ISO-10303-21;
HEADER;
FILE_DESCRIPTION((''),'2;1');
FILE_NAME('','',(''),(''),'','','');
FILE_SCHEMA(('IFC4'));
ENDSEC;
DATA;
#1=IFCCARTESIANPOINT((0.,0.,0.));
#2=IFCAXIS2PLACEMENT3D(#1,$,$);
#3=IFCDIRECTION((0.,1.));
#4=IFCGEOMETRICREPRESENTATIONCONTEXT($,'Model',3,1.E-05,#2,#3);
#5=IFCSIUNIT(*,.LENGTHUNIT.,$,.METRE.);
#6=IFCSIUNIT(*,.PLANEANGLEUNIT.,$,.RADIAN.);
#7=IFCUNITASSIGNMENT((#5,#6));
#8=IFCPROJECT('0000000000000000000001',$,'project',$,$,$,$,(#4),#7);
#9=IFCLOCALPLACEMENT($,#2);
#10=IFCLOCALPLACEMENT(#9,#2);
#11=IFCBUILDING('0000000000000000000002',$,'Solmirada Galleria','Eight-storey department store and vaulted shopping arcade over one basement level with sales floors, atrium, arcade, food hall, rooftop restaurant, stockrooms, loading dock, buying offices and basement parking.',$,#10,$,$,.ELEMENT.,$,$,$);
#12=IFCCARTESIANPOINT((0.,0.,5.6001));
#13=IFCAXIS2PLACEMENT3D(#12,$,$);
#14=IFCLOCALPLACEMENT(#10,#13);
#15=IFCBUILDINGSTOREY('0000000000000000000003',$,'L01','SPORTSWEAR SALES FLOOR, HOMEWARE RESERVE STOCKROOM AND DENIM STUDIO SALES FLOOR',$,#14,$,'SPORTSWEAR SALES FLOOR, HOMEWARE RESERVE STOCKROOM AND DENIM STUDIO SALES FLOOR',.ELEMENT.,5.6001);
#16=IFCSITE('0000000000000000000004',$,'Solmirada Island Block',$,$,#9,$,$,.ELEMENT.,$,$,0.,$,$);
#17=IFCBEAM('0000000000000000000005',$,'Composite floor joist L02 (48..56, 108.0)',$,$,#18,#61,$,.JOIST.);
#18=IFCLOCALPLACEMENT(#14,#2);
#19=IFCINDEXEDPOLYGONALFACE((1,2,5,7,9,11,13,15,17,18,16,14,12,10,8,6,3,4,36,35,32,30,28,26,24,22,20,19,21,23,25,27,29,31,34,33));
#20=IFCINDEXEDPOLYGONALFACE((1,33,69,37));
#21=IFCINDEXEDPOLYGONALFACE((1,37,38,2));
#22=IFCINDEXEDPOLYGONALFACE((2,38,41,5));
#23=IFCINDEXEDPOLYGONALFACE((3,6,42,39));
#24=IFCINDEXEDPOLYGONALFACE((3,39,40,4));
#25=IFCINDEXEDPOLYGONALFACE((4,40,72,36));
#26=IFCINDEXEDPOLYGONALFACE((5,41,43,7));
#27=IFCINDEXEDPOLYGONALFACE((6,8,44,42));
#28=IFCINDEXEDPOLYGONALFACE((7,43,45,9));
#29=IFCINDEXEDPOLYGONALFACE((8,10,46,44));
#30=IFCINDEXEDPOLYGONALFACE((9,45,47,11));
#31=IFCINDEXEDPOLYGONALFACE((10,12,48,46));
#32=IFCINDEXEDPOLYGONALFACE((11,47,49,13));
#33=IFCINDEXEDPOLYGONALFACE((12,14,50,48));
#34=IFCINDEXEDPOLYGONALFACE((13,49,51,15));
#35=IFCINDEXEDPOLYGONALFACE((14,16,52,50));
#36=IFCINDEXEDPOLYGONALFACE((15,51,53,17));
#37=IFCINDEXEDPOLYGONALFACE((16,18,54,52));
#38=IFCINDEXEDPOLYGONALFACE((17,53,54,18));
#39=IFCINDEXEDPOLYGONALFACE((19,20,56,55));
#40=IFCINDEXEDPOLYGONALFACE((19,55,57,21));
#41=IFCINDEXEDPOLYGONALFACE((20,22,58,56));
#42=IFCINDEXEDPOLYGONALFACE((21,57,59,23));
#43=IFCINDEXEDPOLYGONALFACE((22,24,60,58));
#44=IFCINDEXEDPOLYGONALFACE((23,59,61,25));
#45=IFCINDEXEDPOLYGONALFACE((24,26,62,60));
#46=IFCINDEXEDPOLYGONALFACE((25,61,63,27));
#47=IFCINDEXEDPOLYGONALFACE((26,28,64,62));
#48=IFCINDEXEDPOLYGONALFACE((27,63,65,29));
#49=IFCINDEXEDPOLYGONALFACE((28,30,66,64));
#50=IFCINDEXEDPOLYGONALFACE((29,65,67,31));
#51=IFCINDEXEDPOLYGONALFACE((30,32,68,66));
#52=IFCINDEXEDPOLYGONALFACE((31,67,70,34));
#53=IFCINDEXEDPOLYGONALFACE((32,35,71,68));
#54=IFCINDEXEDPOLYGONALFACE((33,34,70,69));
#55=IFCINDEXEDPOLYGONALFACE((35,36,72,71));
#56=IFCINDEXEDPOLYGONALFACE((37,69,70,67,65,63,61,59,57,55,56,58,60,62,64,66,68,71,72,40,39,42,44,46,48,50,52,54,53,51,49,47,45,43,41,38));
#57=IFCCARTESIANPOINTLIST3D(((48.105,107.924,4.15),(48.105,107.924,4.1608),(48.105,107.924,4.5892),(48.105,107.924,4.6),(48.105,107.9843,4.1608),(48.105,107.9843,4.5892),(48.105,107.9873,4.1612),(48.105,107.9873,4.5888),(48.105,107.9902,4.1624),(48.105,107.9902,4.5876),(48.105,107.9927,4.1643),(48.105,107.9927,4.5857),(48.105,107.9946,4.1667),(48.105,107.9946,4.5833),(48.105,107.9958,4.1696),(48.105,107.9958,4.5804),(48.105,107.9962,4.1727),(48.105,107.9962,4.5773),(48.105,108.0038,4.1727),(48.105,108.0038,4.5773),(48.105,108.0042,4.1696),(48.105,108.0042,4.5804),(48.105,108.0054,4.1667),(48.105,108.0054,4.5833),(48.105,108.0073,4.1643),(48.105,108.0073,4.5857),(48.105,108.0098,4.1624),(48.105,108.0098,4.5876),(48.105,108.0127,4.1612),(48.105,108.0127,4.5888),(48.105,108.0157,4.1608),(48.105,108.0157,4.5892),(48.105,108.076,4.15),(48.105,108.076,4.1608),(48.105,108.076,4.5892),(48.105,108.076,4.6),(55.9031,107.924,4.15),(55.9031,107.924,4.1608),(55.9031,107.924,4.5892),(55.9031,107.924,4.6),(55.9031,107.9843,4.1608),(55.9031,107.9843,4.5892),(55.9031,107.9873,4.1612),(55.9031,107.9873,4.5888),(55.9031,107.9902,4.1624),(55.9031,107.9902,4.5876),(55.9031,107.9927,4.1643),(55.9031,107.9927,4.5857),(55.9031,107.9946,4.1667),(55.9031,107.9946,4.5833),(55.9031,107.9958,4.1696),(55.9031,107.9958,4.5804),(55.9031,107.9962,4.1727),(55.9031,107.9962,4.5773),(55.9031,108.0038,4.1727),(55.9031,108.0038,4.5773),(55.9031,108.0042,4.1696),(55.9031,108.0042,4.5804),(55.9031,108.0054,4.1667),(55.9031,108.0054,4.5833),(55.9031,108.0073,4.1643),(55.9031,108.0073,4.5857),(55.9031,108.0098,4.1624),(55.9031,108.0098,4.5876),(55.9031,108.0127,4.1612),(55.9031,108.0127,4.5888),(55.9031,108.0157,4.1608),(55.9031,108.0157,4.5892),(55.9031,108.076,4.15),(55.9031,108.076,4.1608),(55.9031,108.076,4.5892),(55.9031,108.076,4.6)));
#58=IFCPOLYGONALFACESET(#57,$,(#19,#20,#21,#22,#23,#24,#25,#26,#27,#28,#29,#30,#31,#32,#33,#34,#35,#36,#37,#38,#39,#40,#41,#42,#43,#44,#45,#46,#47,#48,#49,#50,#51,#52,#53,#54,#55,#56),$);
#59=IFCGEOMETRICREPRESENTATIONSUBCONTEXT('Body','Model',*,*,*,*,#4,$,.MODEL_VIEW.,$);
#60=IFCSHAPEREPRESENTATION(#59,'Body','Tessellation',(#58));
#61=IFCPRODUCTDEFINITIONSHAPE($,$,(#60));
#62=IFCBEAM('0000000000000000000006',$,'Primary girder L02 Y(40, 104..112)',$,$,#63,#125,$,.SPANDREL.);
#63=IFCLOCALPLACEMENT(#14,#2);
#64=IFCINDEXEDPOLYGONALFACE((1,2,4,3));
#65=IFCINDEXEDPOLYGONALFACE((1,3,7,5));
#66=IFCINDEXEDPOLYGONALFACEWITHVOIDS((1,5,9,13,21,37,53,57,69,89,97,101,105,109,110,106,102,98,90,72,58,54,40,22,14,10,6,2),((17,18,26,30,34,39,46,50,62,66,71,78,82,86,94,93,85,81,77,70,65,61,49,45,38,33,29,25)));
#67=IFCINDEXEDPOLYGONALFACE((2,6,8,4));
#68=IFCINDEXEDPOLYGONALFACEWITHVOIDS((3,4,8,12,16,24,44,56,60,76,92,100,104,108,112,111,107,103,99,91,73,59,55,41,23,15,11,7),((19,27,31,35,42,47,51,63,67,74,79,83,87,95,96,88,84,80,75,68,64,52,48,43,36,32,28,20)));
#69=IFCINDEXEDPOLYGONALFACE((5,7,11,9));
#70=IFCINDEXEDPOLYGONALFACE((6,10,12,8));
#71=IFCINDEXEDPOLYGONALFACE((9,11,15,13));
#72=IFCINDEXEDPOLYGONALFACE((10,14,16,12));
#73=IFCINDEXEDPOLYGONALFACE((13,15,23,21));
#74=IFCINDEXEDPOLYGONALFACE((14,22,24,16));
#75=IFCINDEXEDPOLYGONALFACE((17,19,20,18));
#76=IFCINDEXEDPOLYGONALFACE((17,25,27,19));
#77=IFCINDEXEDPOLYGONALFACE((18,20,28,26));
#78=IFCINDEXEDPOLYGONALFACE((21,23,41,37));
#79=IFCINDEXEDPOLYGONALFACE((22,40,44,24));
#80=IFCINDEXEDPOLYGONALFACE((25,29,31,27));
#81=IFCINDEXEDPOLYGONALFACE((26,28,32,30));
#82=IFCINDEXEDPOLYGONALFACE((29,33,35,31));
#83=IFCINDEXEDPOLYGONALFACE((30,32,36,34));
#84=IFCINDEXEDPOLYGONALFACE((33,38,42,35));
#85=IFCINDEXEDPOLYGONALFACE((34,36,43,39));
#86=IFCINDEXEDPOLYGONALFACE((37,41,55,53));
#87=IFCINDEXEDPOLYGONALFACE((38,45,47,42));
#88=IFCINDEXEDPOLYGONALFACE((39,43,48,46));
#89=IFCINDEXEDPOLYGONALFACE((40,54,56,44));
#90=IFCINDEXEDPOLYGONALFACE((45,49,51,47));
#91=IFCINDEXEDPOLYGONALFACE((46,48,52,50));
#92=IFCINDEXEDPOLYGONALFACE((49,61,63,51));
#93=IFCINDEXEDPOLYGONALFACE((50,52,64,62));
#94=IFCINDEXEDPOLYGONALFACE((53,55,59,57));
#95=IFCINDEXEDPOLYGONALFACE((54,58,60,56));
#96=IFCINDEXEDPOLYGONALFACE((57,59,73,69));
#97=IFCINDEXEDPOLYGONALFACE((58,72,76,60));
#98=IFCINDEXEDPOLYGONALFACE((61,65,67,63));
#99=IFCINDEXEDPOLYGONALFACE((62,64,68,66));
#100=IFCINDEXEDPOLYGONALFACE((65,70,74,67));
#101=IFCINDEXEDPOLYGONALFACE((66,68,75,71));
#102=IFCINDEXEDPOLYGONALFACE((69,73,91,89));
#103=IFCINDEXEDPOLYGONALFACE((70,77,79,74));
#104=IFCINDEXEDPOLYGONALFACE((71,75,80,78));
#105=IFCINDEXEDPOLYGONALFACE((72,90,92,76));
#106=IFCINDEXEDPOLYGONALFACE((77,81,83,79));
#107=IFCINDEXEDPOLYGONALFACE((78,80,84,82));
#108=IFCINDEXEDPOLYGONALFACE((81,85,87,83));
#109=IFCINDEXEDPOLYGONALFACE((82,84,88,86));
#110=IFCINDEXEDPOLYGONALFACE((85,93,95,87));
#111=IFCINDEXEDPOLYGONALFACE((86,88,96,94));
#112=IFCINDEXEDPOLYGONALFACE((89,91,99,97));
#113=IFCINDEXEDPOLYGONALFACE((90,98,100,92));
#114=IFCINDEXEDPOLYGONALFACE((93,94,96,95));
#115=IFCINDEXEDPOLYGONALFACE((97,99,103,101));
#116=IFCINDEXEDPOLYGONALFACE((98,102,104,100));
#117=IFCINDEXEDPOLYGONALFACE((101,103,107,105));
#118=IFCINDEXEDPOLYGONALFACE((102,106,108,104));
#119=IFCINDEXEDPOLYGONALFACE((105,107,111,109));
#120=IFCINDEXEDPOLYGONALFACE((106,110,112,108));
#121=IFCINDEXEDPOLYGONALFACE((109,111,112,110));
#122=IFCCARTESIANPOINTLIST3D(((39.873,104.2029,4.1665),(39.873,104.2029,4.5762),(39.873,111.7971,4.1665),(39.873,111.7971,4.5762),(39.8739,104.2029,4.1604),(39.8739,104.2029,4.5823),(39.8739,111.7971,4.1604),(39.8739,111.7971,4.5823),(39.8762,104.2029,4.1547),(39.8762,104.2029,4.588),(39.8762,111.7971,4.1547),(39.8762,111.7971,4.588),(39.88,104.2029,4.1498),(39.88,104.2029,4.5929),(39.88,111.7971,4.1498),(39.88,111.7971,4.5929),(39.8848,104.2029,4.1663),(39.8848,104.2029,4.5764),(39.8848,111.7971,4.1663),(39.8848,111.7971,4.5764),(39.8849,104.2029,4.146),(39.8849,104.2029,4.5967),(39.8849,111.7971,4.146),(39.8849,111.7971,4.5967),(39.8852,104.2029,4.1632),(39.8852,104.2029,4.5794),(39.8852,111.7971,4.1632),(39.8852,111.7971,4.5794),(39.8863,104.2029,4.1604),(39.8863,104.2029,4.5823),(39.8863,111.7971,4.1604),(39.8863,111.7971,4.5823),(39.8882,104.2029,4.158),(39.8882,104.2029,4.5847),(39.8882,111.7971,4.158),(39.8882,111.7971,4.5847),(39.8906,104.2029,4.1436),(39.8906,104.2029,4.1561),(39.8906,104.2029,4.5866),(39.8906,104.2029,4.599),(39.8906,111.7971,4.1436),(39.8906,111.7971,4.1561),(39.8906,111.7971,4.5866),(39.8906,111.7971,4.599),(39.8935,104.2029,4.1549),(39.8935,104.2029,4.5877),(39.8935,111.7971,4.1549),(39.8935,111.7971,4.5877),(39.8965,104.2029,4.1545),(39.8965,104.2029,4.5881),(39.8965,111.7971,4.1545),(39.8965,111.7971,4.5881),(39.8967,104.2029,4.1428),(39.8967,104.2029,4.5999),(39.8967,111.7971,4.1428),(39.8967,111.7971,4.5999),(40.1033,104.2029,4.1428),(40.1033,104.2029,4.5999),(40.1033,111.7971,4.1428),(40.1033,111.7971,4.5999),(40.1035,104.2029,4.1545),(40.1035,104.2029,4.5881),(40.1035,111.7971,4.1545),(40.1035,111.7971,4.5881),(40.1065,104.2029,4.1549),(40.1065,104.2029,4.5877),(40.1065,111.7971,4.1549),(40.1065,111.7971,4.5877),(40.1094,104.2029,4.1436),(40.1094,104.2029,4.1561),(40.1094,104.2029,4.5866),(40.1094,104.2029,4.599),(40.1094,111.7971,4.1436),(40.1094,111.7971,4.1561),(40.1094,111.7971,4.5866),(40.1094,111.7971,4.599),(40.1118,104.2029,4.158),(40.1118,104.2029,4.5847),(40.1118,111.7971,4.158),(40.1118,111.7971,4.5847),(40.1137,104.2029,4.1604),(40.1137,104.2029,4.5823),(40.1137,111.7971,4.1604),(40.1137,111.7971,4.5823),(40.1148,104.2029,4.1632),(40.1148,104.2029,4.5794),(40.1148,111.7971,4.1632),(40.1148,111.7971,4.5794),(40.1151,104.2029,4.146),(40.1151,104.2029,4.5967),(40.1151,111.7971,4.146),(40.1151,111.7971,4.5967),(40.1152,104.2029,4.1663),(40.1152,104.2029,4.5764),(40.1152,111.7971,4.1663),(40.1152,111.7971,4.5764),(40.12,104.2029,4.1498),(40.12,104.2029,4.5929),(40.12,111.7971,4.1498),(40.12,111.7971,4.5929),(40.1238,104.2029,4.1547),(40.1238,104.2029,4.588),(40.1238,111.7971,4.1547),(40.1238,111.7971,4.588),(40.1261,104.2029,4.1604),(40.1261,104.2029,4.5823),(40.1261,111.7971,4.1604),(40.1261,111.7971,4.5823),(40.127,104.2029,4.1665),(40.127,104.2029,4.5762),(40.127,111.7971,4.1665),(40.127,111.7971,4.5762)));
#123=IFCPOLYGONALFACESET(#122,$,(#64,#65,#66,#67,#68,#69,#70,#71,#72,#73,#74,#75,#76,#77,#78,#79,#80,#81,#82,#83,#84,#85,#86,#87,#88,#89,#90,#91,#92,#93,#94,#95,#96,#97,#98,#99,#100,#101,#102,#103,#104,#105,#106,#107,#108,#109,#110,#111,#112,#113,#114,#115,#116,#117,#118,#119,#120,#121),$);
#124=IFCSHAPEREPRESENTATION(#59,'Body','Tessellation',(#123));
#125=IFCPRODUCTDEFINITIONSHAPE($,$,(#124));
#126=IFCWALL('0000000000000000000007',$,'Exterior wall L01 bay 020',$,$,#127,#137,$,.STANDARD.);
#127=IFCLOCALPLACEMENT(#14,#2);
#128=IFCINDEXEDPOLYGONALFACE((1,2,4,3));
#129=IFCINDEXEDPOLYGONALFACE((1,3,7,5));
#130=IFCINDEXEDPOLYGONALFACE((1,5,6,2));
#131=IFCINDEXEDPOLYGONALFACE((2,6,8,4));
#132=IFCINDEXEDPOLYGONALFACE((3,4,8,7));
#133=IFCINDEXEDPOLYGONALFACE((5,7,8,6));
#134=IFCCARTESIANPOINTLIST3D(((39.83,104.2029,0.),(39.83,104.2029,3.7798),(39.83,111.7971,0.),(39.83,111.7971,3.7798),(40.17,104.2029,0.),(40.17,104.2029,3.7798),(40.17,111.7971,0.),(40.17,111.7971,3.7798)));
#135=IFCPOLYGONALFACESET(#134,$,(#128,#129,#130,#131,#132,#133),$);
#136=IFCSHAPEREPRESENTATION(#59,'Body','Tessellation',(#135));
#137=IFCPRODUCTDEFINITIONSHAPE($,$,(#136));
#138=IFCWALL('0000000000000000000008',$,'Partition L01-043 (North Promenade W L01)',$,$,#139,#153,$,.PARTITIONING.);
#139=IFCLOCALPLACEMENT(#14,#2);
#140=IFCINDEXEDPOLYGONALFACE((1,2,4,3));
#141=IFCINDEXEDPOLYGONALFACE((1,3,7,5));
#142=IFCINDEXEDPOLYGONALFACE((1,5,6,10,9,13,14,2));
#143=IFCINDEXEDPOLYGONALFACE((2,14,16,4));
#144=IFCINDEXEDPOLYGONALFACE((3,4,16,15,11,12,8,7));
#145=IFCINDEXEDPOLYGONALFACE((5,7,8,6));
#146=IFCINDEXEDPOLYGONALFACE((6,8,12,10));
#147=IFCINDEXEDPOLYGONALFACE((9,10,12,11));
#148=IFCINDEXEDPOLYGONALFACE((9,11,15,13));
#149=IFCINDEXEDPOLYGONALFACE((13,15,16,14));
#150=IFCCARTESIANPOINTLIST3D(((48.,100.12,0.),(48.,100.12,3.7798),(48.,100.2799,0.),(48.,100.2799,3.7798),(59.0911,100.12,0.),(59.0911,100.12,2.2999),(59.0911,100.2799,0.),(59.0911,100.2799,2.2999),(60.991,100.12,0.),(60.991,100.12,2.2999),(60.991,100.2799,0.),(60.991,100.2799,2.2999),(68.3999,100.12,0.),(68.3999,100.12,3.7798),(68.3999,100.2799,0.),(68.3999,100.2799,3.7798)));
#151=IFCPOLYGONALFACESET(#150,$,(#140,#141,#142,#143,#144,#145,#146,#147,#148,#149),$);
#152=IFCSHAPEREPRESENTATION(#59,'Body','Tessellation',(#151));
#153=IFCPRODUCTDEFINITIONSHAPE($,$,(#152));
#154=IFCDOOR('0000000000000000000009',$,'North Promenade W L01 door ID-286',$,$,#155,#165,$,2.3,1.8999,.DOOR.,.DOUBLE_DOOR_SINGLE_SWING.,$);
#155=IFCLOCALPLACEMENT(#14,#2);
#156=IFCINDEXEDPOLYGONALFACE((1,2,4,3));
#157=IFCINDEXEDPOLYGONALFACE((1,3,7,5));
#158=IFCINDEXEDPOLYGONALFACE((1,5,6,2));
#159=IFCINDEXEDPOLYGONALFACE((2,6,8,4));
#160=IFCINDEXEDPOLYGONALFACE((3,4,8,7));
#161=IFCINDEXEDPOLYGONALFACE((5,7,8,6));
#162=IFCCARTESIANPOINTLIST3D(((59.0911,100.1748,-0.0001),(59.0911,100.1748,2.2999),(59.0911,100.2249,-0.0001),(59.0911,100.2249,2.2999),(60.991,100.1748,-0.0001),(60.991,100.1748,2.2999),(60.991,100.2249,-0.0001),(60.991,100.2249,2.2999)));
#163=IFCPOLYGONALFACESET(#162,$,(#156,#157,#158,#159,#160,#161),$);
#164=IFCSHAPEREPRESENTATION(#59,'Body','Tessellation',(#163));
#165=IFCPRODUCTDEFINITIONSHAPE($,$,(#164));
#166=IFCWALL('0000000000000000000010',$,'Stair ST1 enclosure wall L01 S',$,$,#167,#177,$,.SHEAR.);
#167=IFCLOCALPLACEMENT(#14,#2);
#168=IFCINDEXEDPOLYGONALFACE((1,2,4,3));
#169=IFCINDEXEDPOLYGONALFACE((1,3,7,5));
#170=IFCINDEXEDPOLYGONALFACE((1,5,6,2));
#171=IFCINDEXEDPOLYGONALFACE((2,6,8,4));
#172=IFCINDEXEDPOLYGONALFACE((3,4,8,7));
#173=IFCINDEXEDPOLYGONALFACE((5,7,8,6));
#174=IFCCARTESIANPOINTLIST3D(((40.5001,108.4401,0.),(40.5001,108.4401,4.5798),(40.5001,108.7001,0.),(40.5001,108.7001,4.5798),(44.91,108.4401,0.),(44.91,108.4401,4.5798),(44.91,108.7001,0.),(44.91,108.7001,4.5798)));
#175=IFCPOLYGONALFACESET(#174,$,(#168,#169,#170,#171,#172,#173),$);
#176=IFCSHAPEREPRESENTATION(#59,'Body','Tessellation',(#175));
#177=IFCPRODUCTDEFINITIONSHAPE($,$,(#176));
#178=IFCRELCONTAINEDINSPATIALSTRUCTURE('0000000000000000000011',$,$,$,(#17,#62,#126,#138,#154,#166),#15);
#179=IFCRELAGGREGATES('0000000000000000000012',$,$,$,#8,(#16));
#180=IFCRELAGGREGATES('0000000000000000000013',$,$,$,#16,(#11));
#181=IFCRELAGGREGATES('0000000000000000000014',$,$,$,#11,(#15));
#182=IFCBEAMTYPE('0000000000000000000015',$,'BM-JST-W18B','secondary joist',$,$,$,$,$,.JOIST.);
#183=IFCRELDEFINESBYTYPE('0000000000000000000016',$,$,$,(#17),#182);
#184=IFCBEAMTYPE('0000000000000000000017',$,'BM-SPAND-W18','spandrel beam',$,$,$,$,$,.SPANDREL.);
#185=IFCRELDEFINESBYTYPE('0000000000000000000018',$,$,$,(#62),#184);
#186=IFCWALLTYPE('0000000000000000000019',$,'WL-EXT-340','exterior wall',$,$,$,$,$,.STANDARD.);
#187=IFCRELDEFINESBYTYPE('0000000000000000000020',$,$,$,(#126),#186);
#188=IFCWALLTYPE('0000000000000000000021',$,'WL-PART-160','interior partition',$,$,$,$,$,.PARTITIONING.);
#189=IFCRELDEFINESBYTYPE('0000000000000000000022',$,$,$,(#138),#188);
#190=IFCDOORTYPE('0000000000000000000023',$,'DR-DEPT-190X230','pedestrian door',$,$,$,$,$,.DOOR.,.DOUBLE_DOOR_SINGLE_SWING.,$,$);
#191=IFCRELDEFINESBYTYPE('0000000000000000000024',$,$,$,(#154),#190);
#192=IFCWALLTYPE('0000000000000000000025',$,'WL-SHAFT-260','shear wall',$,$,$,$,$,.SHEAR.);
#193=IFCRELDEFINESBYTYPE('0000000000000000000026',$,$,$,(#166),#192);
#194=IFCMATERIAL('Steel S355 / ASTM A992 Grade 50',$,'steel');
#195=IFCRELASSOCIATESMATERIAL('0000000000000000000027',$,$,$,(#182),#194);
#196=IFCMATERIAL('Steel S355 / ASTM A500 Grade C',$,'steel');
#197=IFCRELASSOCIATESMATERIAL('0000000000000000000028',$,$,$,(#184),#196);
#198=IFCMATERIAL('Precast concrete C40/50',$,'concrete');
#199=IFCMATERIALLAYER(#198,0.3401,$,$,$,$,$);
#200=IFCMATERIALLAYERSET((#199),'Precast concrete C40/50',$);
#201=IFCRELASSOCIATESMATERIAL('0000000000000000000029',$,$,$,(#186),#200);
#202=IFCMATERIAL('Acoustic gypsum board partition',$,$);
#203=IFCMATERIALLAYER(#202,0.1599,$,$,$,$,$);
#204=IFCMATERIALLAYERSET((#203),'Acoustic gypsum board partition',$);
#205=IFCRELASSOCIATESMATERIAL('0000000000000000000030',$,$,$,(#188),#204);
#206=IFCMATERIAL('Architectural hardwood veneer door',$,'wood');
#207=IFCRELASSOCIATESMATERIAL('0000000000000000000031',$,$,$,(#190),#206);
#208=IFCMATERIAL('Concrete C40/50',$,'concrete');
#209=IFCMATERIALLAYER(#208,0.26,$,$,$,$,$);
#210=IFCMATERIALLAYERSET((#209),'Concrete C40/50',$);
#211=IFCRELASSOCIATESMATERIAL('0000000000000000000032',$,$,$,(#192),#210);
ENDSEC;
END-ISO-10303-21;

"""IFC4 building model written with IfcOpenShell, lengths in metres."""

from ifc_helpers import new_model, si_unit, direction, frame, frame_2d, origin, origin_2d, place, context, subcontext, project, spatial, rectangle, hollow_rectangle, i_section, extrude, material, layer, layer_set, material_profile, profile_set, type_object, element, fill, save


model = new_model("IFC4")

# Units and contexts
model_context = context("Model", 3, precision=1e-05, world=origin(), true_north=direction((0.0, 1.0)))
body_context = subcontext(model_context, "Body", "Model", "MODEL_VIEW")
ifc_project = project(units=[si_unit("LENGTHUNIT", "METRE"), si_unit("PLANEANGLEUNIT", "RADIAN")], contexts=[model_context])

# Site, building, storey
site_placement = place(None, origin())
site = spatial("IfcSite", under=ifc_project, at=site_placement, Name="Solmirada Island Block", CompositionType="ELEMENT", RefElevation=0.0)
building_placement = place(site_placement, origin())
building = spatial("IfcBuilding", under=site, at=building_placement, Name="Solmirada Galleria", Description="Eight-storey department store and vaulted shopping arcade over one basement level with sales floors, atrium, arcade, food hall, rooftop restaurant, stockrooms, loading dock, buying offices and basement parking.", CompositionType="ELEMENT")
storey_placement = place(building_placement, frame((0.0, 0.0, 5.6001)))
storey = spatial("IfcBuildingStorey", under=building, at=storey_placement, Name="L01", Description="SPORTSWEAR SALES FLOOR, HOMEWARE RESERVE STOCKROOM AND DENIM STUDIO SALES FLOOR", LongName="SPORTSWEAR SALES FLOOR, HOMEWARE RESERVE STOCKROOM AND DENIM STUDIO SALES FLOOR", CompositionType="ELEMENT", Elevation=5.6001)

# Shared definitions
ifc_material_1 = material(Name="Steel S355 / ASTM A500 Grade C", Category="steel")
ifc_material_2 = material(Name="Concrete C40/50", Category="concrete")

# Beams
ifc_material_3 = material(Name="Steel S355 / ASTM A992 Grade 50", Category="steel")
ifc_material_profile_1 = material_profile(ifc_material_3, i_section(OverallWidth=0.1521, OverallDepth=0.45, WebThickness=0.0076, FlangeThickness=0.0107, FilletRadius=0.012, at=origin_2d()), Name="W18X35")
ifc_profile_set_1 = profile_set([ifc_material_profile_1], Name="Steel S355 / ASTM A992 Grade 50")
beam_type_1 = type_object("IfcBeamType", Name="BM-JST-W18B", Description="secondary joist", PredefinedType="JOIST", material=ifc_profile_set_1)
for number, where, z_axis, x_axis, name in (
    (1, (48.105, 108.0, 4.375), (1.0, 0.0, 0.0), (0.0, 1.0, 0.0), "Composite floor joist L02 (48..56, 108.0)"),
):
    element("IfcBeam", number, at=place(storey_placement, frame(where, z_axis=z_axis, x_axis=x_axis)), inside=storey, type_object=beam_type_1, Name=name, PredefinedType="JOIST", context=body_context, shape_type="SweptSolid", body=[
        extrude(i_section(OverallWidth=0.1521, OverallDepth=0.45, WebThickness=0.0076, FlangeThickness=0.0107, FilletRadius=0.012, at=origin_2d()), origin(), (0.0, 0.0, 1.0), 7.7981),
    ])
ifc_material_profile_2 = material_profile(ifc_material_1, hollow_rectangle(XDim=0.2539, YDim=0.457, WallThickness=0.0117, InnerFilletRadius=0.0117, OuterFilletRadius=0.0237, at=origin_2d()), Name="HSS18X10X1/2")
ifc_profile_set_2 = profile_set([ifc_material_profile_2], Name="Steel S355 / ASTM A500 Grade C")
beam_type_2 = type_object("IfcBeamType", Name="BM-SPAND-W18", Description="spandrel beam", PredefinedType="SPANDREL", material=ifc_profile_set_2)
beam_1_placement = place(storey_placement, frame((40.0, 104.2029, 4.3713), z_axis=(0.0, 1.0, 0.0), x_axis=(-1.0, 0.0, 0.0)))
element("IfcBeam", 2, at=beam_1_placement, inside=storey, type_object=beam_type_2, Name="Primary girder L02 Y(40, 104..112)", PredefinedType="SPANDREL", context=body_context, shape_type="SweptSolid", body=[
    extrude(hollow_rectangle(XDim=0.2539, YDim=0.457, WallThickness=0.0117, InnerFilletRadius=0.0117, OuterFilletRadius=0.0237, at=origin_2d()), origin(), (0.0, 0.0, 1.0), 7.5942),
])

# Wall
ifc_material_4 = material(Name="Precast concrete C40/50", Category="concrete")
ifc_layer_1 = layer(ifc_material_4, 0.3401)
ifc_layer_set_1 = layer_set([ifc_layer_1], Name="Precast concrete C40/50")
wall_type_1 = type_object("IfcWallType", Name="WL-EXT-340", Description="exterior wall", PredefinedType="STANDARD", material=ifc_layer_set_1)
wall_1_placement = place(storey_placement, frame((40.0, 104.2029, 0.0), z_axis=(0.0, 0.0, 1.0), x_axis=(0.0, 1.0, 0.0)))
element("IfcWall", 3, at=wall_1_placement, inside=storey, type_object=wall_type_1, Name="Exterior wall L01 bay 020", PredefinedType="STANDARD", context=body_context, shape_type="SweptSolid", body=[
    extrude(rectangle(XDim=7.5942, YDim=0.3401, at=frame_2d((3.7971, 0.0))), origin(), (0.0, 0.0, 1.0), 3.7798),
])

# Wall, opening, door
ifc_material_5 = material(Name="Acoustic gypsum board partition")
ifc_layer_2 = layer(ifc_material_5, 0.1599)
ifc_layer_set_2 = layer_set([ifc_layer_2], Name="Acoustic gypsum board partition")
wall_type_2 = type_object("IfcWallType", Name="WL-PART-160", Description="interior partition", PredefinedType="PARTITIONING", material=ifc_layer_set_2)
wall_2_placement = place(storey_placement, frame((48.0, 100.2, 0.0), z_axis=(0.0, 0.0, 1.0), x_axis=(1.0, 0.0, 0.0)))
wall_2 = element("IfcWall", 4, at=wall_2_placement, inside=storey, type_object=wall_type_2, Name="Partition L01-043 (North Promenade W L01)", PredefinedType="PARTITIONING", context=body_context, shape_type="SweptSolid", body=[
    extrude(rectangle(XDim=20.3999, YDim=0.1599, at=frame_2d((10.2, 0.0))), origin(), (0.0, 0.0, 1.0), 3.7798),
])
opening_1_placement = place(wall_2_placement, frame((11.0911, 0.0, 0.0)))
opening_1 = element("IfcOpeningElement", 5, at=opening_1_placement, cuts=wall_2, PredefinedType="OPENING", context=body_context, shape_type="SweptSolid", body=[
    extrude(rectangle(XDim=1.8999, YDim=2.3, at=frame_2d((0.95, 1.1499))), frame((0.0, 0.0898, 0.0), z_axis=(0.0, -1.0, 0.0), x_axis=(1.0, 0.0, 0.0)), (0.0, 0.0, 1.0), 0.1799),
])
ifc_material_6 = material(Name="Architectural hardwood veneer door", Category="wood")
door_type_1 = type_object("IfcDoorType", Name="DR-DEPT-190X230", Description="pedestrian door", OperationType="DOUBLE_DOOR_SINGLE_SWING", PredefinedType="DOOR", material=ifc_material_6)
door_1_placement = place(opening_1_placement, origin())
door_1 = element("IfcDoor", 6, at=door_1_placement, inside=storey, type_object=door_type_1, Name="North Promenade W L01 door ID-286", OperationType="DOUBLE_DOOR_SINGLE_SWING", OverallHeight=2.3, OverallWidth=1.8999, PredefinedType="DOOR", context=body_context, shape_type="SweptSolid", body=[
    extrude(rectangle(XDim=1.8999, YDim=2.3, at=frame_2d((0.95, 1.1499))), frame((0.0, 0.0249, 0.0), z_axis=(0.0, -1.0, 0.0), x_axis=(1.0, 0.0, 0.0)), (0.0, 0.0, 1.0), 0.05),
])
fill(opening_1, door_1)

# Wall
ifc_layer_3 = layer(ifc_material_2, 0.26)
ifc_layer_set_3 = layer_set([ifc_layer_3], Name="Concrete C40/50")
wall_type_3 = type_object("IfcWallType", Name="WL-SHAFT-260", Description="shear wall", PredefinedType="SHEAR", material=ifc_layer_set_3)
wall_3_placement = place(storey_placement, frame((40.5, 108.5701, 0.0), z_axis=(0.0, 0.0, 1.0), x_axis=(1.0, 0.0, 0.0)))
element("IfcWall", 7, at=wall_3_placement, inside=storey, type_object=wall_type_3, Name="Stair ST1 enclosure wall L01 S", PredefinedType="SHEAR", context=body_context, shape_type="SweptSolid", body=[
    extrude(rectangle(XDim=4.4099, YDim=0.26, at=frame_2d((2.2051, 0.0))), origin(), (0.0, 0.0, 1.0), 4.5798),
])

save(model, "model.ifc")
